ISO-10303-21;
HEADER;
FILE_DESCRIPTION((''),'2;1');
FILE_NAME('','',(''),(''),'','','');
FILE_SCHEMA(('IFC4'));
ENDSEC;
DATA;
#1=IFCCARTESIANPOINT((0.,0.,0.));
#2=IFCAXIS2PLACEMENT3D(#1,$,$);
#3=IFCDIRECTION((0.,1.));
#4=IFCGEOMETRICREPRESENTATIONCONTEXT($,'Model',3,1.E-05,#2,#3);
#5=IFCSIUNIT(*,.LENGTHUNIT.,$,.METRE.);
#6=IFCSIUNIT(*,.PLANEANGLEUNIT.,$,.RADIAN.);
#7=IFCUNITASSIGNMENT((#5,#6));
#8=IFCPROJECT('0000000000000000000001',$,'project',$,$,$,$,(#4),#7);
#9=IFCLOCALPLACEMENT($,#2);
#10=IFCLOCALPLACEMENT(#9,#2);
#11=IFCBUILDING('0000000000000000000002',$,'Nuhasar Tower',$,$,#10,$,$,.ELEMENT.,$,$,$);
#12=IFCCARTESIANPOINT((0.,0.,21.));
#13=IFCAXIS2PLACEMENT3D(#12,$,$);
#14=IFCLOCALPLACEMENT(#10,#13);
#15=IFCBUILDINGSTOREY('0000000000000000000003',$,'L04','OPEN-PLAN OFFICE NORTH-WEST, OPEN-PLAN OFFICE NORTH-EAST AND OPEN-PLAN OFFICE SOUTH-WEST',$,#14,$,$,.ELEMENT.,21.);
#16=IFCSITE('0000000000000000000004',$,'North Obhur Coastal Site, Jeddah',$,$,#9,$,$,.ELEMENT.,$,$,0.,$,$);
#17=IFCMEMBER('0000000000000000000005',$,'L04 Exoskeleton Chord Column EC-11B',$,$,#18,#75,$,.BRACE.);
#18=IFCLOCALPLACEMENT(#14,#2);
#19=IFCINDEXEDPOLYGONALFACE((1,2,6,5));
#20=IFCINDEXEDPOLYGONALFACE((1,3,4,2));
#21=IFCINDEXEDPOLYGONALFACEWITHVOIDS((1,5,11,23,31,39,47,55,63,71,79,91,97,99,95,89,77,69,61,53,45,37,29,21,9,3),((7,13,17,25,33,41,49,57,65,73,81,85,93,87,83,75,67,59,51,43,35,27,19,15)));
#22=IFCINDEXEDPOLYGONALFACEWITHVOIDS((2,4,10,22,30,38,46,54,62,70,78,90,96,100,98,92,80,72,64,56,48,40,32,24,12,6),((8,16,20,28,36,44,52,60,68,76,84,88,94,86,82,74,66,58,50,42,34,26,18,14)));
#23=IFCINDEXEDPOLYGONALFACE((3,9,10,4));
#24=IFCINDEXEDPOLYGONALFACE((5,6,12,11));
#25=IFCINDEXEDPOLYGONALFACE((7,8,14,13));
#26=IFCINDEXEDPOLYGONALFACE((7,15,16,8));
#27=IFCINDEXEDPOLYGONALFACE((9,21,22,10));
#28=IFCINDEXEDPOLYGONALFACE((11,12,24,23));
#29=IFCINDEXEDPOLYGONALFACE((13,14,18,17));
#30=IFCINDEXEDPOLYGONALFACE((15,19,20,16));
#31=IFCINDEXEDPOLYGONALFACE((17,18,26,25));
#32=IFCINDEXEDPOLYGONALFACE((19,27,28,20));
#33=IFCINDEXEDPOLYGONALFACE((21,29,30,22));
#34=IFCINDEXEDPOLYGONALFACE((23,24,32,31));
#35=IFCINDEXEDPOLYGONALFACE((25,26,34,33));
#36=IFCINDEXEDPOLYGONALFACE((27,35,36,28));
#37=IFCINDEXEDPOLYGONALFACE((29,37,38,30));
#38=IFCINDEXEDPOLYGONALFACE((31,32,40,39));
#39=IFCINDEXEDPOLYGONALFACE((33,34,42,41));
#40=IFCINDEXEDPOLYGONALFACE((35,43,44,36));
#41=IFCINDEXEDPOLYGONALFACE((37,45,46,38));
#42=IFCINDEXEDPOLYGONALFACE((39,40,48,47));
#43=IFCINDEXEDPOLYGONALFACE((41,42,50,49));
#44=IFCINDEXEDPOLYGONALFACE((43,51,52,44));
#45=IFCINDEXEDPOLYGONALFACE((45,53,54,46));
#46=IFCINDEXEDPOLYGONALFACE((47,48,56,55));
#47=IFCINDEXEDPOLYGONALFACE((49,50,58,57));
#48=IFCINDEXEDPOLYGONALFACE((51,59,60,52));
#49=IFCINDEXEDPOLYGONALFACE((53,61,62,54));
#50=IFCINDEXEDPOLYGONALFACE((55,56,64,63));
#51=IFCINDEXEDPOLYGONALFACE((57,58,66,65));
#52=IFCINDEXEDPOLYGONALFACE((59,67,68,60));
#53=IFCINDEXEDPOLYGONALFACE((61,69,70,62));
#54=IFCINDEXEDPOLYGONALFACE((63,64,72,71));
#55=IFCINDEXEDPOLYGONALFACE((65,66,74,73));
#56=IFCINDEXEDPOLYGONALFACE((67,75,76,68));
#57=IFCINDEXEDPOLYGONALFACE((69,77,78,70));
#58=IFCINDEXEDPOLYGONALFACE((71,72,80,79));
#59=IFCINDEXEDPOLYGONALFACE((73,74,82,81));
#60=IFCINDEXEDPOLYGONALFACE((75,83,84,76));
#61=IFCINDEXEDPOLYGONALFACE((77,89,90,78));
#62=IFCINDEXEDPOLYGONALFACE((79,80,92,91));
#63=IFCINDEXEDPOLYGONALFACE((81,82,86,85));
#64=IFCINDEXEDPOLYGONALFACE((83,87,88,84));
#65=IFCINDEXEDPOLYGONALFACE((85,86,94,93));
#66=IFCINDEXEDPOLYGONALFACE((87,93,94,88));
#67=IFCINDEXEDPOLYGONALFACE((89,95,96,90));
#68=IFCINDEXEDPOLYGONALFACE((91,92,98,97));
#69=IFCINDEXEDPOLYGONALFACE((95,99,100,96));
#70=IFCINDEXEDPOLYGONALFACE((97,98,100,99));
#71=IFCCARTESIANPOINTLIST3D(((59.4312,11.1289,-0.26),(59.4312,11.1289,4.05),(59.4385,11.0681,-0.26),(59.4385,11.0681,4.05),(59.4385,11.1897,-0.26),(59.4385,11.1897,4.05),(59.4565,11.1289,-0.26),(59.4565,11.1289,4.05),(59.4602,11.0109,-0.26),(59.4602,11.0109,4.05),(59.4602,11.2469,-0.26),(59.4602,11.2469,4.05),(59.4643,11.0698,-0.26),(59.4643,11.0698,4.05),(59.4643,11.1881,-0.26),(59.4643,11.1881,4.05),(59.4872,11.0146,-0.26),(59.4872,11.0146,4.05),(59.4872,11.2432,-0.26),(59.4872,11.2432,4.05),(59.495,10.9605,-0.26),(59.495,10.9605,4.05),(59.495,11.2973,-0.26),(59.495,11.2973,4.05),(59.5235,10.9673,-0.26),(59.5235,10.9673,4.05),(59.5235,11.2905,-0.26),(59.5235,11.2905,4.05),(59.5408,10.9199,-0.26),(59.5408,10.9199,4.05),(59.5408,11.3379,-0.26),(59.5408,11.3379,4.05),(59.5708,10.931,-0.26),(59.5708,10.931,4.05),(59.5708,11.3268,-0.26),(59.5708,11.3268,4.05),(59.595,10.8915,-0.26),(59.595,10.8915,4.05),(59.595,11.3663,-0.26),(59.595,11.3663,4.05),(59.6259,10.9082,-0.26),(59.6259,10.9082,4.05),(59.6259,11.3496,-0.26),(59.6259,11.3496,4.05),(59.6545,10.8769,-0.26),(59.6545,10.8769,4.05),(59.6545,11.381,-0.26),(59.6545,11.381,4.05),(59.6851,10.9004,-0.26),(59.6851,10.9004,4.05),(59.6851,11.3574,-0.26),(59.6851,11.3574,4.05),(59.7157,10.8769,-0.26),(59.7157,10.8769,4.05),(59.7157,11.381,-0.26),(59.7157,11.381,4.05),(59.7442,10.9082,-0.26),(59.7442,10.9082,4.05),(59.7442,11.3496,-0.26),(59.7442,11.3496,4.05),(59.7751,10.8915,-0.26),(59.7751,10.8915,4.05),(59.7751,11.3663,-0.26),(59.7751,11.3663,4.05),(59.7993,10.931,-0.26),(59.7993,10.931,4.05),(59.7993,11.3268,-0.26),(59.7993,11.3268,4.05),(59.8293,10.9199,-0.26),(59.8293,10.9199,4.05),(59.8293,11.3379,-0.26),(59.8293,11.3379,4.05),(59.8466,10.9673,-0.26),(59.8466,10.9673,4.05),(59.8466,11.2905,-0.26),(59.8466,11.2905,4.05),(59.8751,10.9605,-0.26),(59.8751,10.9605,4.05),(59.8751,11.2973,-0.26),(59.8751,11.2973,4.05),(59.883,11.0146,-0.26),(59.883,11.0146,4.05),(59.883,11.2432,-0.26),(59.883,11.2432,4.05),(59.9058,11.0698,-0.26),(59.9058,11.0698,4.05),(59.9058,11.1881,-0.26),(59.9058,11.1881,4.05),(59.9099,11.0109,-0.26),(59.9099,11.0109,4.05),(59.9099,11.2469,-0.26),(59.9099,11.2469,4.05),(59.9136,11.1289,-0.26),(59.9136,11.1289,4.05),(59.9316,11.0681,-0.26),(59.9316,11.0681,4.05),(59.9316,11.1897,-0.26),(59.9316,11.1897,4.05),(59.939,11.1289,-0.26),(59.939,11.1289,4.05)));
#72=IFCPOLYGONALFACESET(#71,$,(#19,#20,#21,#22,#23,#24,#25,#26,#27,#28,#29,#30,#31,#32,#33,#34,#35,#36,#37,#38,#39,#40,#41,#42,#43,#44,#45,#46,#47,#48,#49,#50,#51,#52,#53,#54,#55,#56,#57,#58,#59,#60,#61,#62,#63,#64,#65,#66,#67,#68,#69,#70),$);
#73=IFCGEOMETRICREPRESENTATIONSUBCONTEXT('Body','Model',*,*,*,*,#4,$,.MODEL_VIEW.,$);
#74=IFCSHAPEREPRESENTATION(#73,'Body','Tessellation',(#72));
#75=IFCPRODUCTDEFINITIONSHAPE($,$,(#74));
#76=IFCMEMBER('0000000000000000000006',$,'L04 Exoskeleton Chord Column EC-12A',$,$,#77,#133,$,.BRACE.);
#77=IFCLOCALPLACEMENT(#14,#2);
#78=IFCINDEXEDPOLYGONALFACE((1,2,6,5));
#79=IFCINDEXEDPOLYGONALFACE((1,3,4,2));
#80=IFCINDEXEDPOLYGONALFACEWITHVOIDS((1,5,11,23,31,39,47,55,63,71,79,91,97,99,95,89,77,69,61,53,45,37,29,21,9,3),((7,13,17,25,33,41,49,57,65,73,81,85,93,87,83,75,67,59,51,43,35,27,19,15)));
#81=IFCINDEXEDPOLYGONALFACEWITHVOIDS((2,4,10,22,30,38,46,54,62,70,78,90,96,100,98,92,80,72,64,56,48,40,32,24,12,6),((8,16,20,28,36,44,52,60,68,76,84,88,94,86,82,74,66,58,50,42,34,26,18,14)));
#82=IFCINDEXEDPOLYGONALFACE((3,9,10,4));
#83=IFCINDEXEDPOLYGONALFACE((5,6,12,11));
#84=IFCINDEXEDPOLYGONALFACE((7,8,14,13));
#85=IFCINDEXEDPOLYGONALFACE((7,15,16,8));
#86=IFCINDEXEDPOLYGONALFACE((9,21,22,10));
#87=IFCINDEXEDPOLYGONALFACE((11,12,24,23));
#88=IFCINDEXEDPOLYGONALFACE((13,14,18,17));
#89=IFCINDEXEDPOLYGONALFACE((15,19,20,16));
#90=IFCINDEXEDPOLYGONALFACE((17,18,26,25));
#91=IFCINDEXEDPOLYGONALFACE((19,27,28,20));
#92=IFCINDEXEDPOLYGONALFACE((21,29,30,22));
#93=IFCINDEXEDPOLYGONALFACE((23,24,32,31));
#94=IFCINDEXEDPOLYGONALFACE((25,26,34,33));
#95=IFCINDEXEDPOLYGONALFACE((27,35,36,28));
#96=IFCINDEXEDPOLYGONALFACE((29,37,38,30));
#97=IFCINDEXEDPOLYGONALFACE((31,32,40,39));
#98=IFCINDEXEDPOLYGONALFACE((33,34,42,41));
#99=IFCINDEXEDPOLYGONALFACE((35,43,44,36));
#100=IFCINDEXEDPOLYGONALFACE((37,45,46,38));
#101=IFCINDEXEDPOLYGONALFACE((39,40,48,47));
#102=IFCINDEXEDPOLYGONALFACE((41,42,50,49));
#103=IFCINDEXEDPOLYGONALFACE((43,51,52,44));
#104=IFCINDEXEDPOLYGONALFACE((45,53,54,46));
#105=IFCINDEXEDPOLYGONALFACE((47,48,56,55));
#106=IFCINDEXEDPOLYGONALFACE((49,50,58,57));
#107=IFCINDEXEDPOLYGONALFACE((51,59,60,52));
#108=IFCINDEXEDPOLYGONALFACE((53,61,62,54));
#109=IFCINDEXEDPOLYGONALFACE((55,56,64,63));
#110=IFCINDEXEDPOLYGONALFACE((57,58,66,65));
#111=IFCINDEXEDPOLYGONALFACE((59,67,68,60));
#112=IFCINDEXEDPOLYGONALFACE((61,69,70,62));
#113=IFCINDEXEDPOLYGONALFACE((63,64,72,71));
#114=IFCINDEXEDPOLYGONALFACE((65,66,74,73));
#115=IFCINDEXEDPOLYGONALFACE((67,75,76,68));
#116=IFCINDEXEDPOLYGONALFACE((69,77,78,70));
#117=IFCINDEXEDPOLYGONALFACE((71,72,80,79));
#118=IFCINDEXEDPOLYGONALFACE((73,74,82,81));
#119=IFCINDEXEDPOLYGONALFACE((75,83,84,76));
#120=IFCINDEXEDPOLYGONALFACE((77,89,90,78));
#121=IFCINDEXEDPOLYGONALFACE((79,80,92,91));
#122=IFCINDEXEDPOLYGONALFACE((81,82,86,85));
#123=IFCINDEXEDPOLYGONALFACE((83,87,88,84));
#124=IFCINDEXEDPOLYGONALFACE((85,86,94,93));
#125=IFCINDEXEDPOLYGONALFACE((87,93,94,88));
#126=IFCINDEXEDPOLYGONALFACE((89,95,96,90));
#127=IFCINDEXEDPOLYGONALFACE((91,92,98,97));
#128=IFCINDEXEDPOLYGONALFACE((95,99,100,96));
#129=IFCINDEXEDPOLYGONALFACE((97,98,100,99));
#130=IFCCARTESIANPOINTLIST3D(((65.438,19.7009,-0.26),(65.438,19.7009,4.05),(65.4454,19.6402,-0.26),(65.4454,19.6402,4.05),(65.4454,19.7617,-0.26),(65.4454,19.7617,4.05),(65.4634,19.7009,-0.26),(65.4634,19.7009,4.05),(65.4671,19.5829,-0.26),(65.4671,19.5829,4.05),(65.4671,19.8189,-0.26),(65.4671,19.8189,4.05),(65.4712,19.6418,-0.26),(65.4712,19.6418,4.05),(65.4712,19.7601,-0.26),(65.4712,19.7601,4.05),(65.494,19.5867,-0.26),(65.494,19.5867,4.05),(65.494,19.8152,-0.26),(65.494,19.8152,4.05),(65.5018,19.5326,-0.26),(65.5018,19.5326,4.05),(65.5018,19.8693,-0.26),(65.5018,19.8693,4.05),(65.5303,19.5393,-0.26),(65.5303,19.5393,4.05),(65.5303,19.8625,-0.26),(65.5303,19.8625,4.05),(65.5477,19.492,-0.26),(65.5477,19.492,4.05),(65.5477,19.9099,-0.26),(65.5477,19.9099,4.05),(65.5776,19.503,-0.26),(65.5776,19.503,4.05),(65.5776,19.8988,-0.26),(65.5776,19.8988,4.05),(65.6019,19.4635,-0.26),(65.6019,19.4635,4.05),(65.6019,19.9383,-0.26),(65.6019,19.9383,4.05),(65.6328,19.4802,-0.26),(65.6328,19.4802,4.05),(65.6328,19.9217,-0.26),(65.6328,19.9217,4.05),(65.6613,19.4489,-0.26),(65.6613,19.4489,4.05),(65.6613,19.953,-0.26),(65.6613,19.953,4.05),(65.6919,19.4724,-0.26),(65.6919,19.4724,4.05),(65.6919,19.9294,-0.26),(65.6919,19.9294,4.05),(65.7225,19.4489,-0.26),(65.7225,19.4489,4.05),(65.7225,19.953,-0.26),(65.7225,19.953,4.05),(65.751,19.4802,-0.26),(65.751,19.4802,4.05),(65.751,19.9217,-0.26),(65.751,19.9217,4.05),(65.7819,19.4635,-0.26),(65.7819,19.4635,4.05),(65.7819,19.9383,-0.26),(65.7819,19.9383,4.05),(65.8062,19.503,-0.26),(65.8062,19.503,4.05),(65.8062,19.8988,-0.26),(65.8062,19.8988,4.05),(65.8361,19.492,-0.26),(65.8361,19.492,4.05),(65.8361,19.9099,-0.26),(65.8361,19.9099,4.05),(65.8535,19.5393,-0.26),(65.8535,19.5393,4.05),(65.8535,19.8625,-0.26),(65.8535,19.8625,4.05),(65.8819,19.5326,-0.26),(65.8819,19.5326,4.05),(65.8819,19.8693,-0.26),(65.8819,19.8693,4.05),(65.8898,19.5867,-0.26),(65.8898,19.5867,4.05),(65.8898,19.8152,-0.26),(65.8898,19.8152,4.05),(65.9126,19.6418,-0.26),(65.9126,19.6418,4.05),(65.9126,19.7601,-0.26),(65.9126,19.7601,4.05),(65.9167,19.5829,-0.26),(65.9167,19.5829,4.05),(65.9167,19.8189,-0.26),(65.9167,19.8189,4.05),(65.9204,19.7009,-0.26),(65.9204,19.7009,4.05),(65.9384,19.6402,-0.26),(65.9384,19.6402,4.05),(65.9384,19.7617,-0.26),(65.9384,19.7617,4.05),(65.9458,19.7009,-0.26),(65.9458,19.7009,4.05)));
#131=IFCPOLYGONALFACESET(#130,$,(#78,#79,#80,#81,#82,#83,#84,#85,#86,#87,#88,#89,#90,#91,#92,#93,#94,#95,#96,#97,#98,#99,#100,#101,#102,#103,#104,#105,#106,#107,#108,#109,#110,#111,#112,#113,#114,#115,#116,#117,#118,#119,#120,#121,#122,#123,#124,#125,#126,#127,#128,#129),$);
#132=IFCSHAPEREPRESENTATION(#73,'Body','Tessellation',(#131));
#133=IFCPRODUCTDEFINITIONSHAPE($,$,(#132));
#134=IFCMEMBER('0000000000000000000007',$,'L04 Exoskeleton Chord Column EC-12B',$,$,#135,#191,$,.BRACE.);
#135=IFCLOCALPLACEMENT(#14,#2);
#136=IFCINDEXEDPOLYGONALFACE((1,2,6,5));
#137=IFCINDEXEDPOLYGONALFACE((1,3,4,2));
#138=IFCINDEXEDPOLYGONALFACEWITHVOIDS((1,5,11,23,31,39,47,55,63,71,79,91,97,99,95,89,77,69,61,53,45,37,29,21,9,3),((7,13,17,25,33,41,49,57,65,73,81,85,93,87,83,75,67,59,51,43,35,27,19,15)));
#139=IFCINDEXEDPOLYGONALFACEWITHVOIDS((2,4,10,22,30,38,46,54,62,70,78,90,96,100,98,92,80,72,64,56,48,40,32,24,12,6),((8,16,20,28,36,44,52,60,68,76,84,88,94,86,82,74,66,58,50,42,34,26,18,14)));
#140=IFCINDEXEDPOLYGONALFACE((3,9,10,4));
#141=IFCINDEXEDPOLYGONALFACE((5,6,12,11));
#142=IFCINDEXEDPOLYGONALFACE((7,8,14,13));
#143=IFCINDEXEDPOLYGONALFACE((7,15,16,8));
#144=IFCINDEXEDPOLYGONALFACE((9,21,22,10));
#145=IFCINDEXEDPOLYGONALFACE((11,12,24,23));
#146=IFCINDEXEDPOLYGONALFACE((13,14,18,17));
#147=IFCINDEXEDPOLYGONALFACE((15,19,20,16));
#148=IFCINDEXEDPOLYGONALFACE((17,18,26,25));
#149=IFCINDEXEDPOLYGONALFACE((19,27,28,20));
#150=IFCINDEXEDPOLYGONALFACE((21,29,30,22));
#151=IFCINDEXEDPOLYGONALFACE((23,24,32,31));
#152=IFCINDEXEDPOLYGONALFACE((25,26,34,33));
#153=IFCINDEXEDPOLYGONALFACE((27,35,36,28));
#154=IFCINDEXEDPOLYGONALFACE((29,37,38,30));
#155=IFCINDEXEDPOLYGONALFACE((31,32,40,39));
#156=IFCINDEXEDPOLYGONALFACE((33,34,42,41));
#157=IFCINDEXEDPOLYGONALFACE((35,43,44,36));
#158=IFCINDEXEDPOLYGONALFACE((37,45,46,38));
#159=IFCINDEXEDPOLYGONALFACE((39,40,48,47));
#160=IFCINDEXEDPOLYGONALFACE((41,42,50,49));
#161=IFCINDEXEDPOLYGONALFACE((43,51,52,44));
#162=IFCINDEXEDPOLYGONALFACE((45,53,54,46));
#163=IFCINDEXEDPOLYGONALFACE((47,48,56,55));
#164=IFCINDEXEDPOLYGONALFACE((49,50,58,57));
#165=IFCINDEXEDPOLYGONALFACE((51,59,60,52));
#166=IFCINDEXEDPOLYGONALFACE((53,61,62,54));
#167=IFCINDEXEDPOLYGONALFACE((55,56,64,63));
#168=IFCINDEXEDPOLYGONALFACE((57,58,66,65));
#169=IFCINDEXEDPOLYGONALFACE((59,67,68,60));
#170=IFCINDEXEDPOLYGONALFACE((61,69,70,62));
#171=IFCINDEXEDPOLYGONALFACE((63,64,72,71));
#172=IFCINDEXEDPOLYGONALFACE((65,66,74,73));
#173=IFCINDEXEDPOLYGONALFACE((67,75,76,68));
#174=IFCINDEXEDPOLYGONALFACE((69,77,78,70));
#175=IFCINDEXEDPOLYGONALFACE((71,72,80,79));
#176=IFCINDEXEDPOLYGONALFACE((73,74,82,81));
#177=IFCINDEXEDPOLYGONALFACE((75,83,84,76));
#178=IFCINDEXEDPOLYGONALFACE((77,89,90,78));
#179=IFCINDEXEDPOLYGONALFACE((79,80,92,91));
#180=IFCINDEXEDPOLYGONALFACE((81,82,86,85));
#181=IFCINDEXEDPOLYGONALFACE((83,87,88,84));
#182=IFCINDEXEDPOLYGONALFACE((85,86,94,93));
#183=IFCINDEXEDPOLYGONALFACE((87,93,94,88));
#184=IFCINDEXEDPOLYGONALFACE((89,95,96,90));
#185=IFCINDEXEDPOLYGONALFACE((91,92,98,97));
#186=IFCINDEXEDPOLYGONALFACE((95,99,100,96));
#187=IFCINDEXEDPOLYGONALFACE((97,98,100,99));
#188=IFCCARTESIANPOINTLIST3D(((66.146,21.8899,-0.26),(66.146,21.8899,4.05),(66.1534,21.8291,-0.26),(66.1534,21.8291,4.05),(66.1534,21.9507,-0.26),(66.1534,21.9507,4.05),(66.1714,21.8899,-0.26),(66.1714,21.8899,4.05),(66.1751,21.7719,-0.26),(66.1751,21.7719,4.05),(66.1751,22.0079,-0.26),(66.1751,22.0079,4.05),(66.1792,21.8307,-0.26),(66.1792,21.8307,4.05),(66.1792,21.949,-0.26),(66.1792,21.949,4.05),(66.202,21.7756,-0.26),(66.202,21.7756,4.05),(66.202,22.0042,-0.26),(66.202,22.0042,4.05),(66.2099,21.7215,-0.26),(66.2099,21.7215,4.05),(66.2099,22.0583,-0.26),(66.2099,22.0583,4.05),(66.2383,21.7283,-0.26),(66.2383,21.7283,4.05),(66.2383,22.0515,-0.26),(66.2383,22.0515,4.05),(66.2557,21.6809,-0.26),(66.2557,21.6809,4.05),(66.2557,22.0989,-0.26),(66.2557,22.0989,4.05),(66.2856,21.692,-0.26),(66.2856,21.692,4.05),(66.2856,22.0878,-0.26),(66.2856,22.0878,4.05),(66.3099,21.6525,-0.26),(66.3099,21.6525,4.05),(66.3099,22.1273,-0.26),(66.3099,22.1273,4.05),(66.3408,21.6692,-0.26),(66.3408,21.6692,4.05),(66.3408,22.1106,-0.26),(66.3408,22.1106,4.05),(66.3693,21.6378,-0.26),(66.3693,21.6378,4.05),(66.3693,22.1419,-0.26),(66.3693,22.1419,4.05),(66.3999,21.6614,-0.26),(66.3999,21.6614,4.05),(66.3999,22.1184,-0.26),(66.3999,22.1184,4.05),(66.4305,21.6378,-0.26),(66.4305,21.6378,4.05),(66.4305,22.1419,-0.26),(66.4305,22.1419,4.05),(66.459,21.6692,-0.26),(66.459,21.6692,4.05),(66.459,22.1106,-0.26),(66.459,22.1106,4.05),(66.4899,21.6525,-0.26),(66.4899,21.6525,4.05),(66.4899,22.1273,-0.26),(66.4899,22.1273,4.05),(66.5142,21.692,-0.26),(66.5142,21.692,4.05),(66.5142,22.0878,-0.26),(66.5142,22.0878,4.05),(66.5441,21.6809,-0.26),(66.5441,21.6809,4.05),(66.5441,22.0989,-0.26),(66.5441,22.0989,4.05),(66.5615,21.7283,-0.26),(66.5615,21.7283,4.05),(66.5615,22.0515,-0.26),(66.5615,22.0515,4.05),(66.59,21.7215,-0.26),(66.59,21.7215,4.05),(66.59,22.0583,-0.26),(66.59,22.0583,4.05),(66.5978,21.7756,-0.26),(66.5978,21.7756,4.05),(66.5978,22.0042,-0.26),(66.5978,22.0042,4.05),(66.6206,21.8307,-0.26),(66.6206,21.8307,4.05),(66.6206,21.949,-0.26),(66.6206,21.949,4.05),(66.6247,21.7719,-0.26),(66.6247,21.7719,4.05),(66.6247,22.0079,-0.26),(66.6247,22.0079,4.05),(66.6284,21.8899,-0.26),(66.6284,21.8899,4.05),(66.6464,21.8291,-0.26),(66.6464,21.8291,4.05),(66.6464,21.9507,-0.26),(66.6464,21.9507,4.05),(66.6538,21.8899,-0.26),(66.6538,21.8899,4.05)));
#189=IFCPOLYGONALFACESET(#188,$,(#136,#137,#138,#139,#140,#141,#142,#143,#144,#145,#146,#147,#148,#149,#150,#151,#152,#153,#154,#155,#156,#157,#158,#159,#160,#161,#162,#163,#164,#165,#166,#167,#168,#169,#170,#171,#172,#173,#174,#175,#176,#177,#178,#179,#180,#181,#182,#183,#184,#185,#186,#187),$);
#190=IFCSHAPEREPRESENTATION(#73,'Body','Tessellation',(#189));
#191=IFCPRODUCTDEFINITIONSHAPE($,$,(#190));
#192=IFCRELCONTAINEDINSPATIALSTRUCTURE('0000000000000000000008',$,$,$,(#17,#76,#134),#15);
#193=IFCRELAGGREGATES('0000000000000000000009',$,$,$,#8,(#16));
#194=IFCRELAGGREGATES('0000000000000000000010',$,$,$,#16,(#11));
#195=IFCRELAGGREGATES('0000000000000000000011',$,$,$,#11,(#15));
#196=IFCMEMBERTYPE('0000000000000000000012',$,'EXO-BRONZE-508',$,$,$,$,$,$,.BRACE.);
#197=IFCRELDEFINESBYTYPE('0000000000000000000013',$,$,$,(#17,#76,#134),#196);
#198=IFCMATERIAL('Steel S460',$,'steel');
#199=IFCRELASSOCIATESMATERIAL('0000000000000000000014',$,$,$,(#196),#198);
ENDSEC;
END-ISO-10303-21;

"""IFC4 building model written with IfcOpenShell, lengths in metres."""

from ifc_helpers import new_model, si_unit, direction, frame, origin, origin_2d, place, context, subcontext, project, spatial, hollow_circle, extrude, material, material_profile, profile_set, type_object, element, save


model = new_model("IFC4")

# Units and contexts
model_context = context("Model", 3, precision=1e-05, world=origin(), true_north=direction((0.0, 1.0)))
body_context = subcontext(model_context, "Body", "Model", "MODEL_VIEW")
ifc_project = project(units=[si_unit("LENGTHUNIT", "METRE"), si_unit("PLANEANGLEUNIT", "RADIAN")], contexts=[model_context])

# Site, building, storey
site_placement = place(None, origin())
site = spatial("IfcSite", under=ifc_project, at=site_placement, Name="North Obhur Coastal Site, Jeddah", CompositionType="ELEMENT", RefElevation=0.0)
building_placement = place(site_placement, origin())
building = spatial("IfcBuilding", under=site, at=building_placement, Name="Nuhasar Tower", CompositionType="ELEMENT")
storey_placement = place(building_placement, frame((0.0, 0.0, 21.0)))
storey = spatial("IfcBuildingStorey", under=building, at=storey_placement, Name="L04", Description="OPEN-PLAN OFFICE NORTH-WEST, OPEN-PLAN OFFICE NORTH-EAST AND OPEN-PLAN OFFICE SOUTH-WEST", CompositionType="ELEMENT", Elevation=21.0)

# Shared definitions
ifc_material_1 = material(Name="Steel S460", Category="steel")

# Members
ifc_material_profile_1 = material_profile(ifc_material_1, hollow_circle(Radius=0.2539, WallThickness=0.0254, at=origin_2d()), Name="HSS508X25.4")
ifc_profile_set_1 = profile_set([ifc_material_profile_1], Name="Steel S460")
member_type_1 = type_object("IfcMemberType", Name="EXO-BRONZE-508", PredefinedType="BRACE", material=ifc_profile_set_1)
for number, where, z_axis, x_axis, name in (
    (1, (59.6851, 11.1289, -0.26), (0.0, 0.0, 1.0), (1.0, 0.0, 0.0), "L04 Exoskeleton Chord Column EC-11B"),
    (2, (65.6919, 19.7009, -0.26), (0.0, 0.0, 1.0), (1.0, 0.0, 0.0), "L04 Exoskeleton Chord Column EC-12A"),
    (3, (66.3999, 21.8899, -0.26), (0.0, 0.0, 1.0), (1.0, 0.0, 0.0), "L04 Exoskeleton Chord Column EC-12B"),
):
    element("IfcMember", number, at=place(storey_placement, frame(where, z_axis=z_axis, x_axis=x_axis)), inside=storey, type_object=member_type_1, Name=name, PredefinedType="BRACE", context=body_context, shape_type="SweptSolid", body=[
        extrude(hollow_circle(Radius=0.2539, WallThickness=0.0254, at=origin_2d()), origin(), (0.0, 0.0, 1.0), 4.3101),
    ])

save(model, "model.ifc")
